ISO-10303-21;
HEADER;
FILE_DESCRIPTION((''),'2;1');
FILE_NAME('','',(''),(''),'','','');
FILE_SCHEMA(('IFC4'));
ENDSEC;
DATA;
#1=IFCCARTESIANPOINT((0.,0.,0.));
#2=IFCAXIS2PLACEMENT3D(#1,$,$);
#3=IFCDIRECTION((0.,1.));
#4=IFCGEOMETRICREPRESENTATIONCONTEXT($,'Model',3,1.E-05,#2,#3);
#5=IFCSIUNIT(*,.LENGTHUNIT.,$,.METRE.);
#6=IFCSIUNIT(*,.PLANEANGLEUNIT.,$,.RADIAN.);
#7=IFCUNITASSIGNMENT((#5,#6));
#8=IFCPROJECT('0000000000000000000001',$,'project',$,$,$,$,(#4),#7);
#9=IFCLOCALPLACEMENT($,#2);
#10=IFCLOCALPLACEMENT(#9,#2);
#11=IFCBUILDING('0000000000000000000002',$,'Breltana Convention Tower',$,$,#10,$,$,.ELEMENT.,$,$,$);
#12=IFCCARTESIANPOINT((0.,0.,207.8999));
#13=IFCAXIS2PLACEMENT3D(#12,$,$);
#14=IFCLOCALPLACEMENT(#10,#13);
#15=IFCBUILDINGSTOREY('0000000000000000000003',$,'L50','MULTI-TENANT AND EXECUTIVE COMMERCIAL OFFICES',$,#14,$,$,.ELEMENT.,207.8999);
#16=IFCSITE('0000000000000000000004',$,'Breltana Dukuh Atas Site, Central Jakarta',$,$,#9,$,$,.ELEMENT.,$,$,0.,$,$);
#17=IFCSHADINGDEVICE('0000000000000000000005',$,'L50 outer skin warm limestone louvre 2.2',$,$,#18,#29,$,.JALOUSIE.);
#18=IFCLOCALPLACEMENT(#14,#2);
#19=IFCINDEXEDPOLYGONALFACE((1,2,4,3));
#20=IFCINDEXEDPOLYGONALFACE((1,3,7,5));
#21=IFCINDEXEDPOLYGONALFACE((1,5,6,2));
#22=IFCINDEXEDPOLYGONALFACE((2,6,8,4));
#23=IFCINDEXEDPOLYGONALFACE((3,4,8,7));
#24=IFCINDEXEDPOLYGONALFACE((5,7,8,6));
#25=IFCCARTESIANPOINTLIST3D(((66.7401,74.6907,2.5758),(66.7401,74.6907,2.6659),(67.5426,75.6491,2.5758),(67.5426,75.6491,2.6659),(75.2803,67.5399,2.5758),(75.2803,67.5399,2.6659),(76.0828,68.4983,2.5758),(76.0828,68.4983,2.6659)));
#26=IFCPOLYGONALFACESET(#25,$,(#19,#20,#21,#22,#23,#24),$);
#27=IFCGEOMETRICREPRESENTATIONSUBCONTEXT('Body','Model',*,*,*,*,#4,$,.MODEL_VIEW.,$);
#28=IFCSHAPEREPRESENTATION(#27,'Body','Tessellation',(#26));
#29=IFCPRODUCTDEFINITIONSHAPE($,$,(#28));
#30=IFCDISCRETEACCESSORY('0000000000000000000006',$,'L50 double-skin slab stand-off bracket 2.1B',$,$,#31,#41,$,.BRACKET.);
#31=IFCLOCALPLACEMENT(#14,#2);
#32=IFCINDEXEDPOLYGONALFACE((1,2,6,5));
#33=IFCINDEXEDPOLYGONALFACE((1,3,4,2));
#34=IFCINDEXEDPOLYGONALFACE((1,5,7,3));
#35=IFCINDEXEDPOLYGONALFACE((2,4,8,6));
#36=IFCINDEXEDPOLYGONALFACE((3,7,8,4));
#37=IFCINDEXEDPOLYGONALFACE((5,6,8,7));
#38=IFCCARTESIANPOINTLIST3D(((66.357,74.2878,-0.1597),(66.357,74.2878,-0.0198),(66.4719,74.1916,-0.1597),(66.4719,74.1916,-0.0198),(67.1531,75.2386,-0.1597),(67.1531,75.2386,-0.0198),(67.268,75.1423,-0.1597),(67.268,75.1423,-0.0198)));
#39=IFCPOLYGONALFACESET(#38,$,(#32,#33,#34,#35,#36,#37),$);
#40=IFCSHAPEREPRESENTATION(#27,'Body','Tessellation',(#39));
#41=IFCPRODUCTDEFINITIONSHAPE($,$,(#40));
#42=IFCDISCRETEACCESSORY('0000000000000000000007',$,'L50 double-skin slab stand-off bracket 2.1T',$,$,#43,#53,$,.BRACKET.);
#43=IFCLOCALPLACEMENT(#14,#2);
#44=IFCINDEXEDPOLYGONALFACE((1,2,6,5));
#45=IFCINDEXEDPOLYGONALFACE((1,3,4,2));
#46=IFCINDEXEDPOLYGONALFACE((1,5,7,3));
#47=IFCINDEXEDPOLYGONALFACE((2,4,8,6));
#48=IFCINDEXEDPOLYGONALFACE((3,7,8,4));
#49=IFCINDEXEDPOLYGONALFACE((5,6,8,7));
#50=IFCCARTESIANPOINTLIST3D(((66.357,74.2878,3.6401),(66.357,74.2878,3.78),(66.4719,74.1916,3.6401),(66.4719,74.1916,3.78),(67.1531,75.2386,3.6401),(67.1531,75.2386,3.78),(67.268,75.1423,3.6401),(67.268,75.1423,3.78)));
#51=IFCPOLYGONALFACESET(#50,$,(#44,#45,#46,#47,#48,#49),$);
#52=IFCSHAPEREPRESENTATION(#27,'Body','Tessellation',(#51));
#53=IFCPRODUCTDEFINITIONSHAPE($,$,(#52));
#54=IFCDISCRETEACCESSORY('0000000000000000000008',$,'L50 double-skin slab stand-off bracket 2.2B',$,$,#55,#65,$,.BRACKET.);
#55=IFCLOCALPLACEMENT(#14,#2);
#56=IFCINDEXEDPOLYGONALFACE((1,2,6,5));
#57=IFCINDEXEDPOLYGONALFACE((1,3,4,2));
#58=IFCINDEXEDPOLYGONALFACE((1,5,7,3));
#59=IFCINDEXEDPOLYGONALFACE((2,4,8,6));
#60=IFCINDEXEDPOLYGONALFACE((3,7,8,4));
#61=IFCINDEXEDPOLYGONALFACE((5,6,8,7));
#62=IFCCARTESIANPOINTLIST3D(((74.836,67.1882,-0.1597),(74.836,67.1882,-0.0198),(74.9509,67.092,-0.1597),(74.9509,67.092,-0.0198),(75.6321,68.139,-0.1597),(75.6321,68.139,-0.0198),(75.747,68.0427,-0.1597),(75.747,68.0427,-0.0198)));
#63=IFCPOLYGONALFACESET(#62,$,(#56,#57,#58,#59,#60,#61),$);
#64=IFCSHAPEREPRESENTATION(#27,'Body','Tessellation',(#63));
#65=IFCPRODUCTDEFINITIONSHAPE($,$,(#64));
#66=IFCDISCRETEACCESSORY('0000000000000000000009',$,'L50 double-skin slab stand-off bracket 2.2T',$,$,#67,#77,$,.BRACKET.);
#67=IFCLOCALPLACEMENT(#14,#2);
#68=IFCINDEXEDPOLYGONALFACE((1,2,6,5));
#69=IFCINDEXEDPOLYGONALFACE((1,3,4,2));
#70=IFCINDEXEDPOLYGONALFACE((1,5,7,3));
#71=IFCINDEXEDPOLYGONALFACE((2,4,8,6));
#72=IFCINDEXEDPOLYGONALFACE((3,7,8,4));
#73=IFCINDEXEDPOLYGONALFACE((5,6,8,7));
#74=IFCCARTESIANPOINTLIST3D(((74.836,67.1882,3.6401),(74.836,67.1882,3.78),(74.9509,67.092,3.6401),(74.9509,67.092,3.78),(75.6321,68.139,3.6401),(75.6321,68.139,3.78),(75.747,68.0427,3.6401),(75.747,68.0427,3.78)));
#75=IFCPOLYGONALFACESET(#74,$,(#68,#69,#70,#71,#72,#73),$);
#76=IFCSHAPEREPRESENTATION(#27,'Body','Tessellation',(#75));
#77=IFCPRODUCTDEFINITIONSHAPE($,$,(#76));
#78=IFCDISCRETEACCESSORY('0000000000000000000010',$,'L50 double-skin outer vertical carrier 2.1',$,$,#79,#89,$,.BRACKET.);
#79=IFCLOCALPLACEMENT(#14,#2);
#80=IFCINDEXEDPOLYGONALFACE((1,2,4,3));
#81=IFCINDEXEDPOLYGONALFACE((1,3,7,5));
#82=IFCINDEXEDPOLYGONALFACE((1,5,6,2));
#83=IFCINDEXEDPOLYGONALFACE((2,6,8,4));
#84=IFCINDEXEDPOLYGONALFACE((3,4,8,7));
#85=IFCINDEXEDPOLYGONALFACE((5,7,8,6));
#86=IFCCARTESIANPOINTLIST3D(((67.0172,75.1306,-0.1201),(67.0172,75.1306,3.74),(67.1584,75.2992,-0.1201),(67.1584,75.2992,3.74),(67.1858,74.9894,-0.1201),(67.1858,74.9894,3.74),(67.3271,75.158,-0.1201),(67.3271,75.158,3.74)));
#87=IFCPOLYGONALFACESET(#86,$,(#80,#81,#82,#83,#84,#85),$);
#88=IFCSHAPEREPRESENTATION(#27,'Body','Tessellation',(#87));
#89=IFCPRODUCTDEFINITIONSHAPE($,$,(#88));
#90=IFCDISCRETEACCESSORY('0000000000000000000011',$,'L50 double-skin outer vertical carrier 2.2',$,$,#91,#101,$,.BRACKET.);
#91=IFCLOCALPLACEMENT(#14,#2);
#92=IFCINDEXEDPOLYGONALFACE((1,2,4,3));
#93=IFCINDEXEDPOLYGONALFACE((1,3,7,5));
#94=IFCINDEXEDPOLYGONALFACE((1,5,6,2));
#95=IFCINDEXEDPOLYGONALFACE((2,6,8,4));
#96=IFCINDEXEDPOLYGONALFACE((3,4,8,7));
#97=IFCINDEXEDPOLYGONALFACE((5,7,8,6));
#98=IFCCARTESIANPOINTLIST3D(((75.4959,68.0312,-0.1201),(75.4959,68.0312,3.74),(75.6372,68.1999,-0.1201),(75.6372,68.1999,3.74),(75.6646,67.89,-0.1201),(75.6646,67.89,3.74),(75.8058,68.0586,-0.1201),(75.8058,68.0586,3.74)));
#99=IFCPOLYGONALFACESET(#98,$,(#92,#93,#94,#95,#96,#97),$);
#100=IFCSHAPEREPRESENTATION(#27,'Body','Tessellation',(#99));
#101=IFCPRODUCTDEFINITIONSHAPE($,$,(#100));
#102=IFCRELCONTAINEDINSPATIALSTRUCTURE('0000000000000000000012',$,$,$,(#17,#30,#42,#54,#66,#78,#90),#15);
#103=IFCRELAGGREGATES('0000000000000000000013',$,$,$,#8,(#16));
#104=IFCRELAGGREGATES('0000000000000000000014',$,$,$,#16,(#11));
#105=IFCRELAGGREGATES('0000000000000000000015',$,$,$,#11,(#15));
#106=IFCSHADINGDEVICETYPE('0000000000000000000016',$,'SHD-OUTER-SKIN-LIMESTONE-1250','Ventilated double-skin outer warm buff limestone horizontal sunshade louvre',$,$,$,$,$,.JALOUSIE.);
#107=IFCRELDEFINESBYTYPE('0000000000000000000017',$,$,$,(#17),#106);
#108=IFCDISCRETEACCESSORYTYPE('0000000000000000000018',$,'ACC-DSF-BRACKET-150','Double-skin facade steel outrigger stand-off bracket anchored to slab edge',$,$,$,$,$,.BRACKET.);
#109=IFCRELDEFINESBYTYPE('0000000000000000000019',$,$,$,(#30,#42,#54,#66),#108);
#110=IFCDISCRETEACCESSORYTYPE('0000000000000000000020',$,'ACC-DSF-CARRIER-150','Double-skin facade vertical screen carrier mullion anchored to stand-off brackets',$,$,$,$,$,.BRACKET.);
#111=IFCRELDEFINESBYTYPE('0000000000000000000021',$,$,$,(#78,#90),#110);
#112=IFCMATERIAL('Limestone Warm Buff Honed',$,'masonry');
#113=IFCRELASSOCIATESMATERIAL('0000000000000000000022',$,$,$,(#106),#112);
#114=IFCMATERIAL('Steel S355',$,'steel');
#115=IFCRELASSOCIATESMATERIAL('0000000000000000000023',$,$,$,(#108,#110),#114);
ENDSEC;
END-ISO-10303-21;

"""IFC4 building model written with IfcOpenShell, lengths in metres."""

from ifc_helpers import new_model, si_unit, direction, frame, origin, origin_2d, place, context, subcontext, project, spatial, rectangle, extrude, source, transform, mapped, material, material_profile, profile_set, type_object, type_shapes, element, save


model = new_model("IFC4")

# Units and contexts
model_context = context("Model", 3, precision=1e-05, world=origin(), true_north=direction((0.0, 1.0)))
body_context = subcontext(model_context, "Body", "Model", "MODEL_VIEW")
ifc_project = project(units=[si_unit("LENGTHUNIT", "METRE"), si_unit("PLANEANGLEUNIT", "RADIAN")], contexts=[model_context])

# Site, building, storey
site_placement = place(None, origin())
site = spatial("IfcSite", under=ifc_project, at=site_placement, Name="Breltana Dukuh Atas Site, Central Jakarta", CompositionType="ELEMENT", RefElevation=0.0)
building_placement = place(site_placement, origin())
building = spatial("IfcBuilding", under=site, at=building_placement, Name="Breltana Convention Tower", CompositionType="ELEMENT")
storey_placement = place(building_placement, frame((0.0, 0.0, 207.8999)))
storey = spatial("IfcBuildingStorey", under=building, at=storey_placement, Name="L50", Description="MULTI-TENANT AND EXECUTIVE COMMERCIAL OFFICES", CompositionType="ELEMENT", Elevation=207.8999)

# Shading device
ifc_material_1 = material(Name="Limestone Warm Buff Honed", Category="masonry")
ifc_material_profile_1 = material_profile(ifc_material_1, rectangle(XDim=1.25, YDim=0.0901, at=origin_2d()), Name="STN-LVR-1250X90")
ifc_profile_set_1 = profile_set([ifc_material_profile_1], Name="Limestone Warm Buff Honed")
shading_device_type = type_object("IfcShadingDeviceType", Name="SHD-OUTER-SKIN-LIMESTONE-1250", Description="Ventilated double-skin outer warm buff limestone horizontal sunshade louvre", PredefinedType="JALOUSIE", material=ifc_profile_set_1)
shared_shape_1 = source(origin(), body_context, "Body", "SweptSolid", [
    extrude(rectangle(XDim=1.25, YDim=0.0901, at=origin_2d()), origin(), (0.0, 0.0, 1.0), 11.1387),
])
for number, where, z_axis, x_axis, name in (
    (1, (67.1414, 75.1699, 2.6208), (0.766719, -0.641983, 0.0), (0.641983, 0.766719, 0.0), "L50 outer skin warm limestone louvre 2.2"),
):
    element("IfcShadingDevice", number, at=place(storey_placement, frame(where, z_axis=z_axis, x_axis=x_axis)), inside=storey, type_object=shading_device_type, Name=name, PredefinedType="JALOUSIE", context=body_context, shape_type="MappedRepresentation", body=[
        mapped(shared_shape_1, transform((0.0, 0.0, 0.0), scale=1.0)),
    ])

# Discrete accessories
ifc_material_2 = material(Name="Steel S355", Category="steel")
discrete_accessory_type_1 = type_object("IfcDiscreteAccessoryType", Name="ACC-DSF-BRACKET-150", Description="Double-skin facade steel outrigger stand-off bracket anchored to slab edge", PredefinedType="BRACKET", material=ifc_material_2)
shared_shape_2 = source(origin(), body_context, "Body", "SweptSolid", [
    extrude(rectangle(XDim=1.24, YDim=0.1499, at=origin_2d()), origin(), (0.0, 0.0, 1.0), 0.1399),
])
type_shapes(discrete_accessory_type_1, [shared_shape_2])
for number, where, z_axis, x_axis, name in (
    (2, (66.8125, 74.7151, -0.1597), (0.0, 0.0, 1.0), (0.641984, 0.766718, 0.0), "L50 double-skin slab stand-off bracket 2.1B"),
    (3, (66.8125, 74.7151, 3.6401), (0.0, 0.0, 1.0), (0.641984, 0.766718, 0.0), "L50 double-skin slab stand-off bracket 2.1T"),
    (4, (75.2915, 67.6155, -0.1597), (0.0, 0.0, 1.0), (0.641984, 0.766718, 0.0), "L50 double-skin slab stand-off bracket 2.2B"),
    (5, (75.2915, 67.6155, 3.6401), (0.0, 0.0, 1.0), (0.641984, 0.766718, 0.0), "L50 double-skin slab stand-off bracket 2.2T"),
):
    element("IfcDiscreteAccessory", number, at=place(storey_placement, frame(where, z_axis=z_axis, x_axis=x_axis)), inside=storey, type_object=discrete_accessory_type_1, Name=name, PredefinedType="BRACKET", context=body_context, shape_type="MappedRepresentation", body=[
        mapped(shared_shape_2, transform((0.0, 0.0, 0.0), scale=1.0)),
    ])
discrete_accessory_type_2 = type_object("IfcDiscreteAccessoryType", Name="ACC-DSF-CARRIER-150", Description="Double-skin facade vertical screen carrier mullion anchored to stand-off brackets", PredefinedType="BRACKET", material=ifc_material_2)
shared_shape_3 = source(origin(), body_context, "Body", "SweptSolid", [
    extrude(rectangle(XDim=0.22, YDim=0.22, at=origin_2d()), origin(), (0.0, 0.0, 1.0), 3.8601),
])
for number, where, z_axis, x_axis, name in (
    (6, (67.1721, 75.1443, -0.1201), (0.0, 0.0, 1.0), (0.641984, 0.766718, 0.0), "L50 double-skin outer vertical carrier 2.1"),
    (7, (75.6509, 68.0449, -0.1201), (0.0, 0.0, 1.0), (0.641984, 0.766718, 0.0), "L50 double-skin outer vertical carrier 2.2"),
):
    element("IfcDiscreteAccessory", number, at=place(storey_placement, frame(where, z_axis=z_axis, x_axis=x_axis)), inside=storey, type_object=discrete_accessory_type_2, Name=name, PredefinedType="BRACKET", context=body_context, shape_type="MappedRepresentation", body=[
        mapped(shared_shape_3, transform((0.0, 0.0, 0.0), scale=1.0)),
    ])

save(model, "model.ifc")
